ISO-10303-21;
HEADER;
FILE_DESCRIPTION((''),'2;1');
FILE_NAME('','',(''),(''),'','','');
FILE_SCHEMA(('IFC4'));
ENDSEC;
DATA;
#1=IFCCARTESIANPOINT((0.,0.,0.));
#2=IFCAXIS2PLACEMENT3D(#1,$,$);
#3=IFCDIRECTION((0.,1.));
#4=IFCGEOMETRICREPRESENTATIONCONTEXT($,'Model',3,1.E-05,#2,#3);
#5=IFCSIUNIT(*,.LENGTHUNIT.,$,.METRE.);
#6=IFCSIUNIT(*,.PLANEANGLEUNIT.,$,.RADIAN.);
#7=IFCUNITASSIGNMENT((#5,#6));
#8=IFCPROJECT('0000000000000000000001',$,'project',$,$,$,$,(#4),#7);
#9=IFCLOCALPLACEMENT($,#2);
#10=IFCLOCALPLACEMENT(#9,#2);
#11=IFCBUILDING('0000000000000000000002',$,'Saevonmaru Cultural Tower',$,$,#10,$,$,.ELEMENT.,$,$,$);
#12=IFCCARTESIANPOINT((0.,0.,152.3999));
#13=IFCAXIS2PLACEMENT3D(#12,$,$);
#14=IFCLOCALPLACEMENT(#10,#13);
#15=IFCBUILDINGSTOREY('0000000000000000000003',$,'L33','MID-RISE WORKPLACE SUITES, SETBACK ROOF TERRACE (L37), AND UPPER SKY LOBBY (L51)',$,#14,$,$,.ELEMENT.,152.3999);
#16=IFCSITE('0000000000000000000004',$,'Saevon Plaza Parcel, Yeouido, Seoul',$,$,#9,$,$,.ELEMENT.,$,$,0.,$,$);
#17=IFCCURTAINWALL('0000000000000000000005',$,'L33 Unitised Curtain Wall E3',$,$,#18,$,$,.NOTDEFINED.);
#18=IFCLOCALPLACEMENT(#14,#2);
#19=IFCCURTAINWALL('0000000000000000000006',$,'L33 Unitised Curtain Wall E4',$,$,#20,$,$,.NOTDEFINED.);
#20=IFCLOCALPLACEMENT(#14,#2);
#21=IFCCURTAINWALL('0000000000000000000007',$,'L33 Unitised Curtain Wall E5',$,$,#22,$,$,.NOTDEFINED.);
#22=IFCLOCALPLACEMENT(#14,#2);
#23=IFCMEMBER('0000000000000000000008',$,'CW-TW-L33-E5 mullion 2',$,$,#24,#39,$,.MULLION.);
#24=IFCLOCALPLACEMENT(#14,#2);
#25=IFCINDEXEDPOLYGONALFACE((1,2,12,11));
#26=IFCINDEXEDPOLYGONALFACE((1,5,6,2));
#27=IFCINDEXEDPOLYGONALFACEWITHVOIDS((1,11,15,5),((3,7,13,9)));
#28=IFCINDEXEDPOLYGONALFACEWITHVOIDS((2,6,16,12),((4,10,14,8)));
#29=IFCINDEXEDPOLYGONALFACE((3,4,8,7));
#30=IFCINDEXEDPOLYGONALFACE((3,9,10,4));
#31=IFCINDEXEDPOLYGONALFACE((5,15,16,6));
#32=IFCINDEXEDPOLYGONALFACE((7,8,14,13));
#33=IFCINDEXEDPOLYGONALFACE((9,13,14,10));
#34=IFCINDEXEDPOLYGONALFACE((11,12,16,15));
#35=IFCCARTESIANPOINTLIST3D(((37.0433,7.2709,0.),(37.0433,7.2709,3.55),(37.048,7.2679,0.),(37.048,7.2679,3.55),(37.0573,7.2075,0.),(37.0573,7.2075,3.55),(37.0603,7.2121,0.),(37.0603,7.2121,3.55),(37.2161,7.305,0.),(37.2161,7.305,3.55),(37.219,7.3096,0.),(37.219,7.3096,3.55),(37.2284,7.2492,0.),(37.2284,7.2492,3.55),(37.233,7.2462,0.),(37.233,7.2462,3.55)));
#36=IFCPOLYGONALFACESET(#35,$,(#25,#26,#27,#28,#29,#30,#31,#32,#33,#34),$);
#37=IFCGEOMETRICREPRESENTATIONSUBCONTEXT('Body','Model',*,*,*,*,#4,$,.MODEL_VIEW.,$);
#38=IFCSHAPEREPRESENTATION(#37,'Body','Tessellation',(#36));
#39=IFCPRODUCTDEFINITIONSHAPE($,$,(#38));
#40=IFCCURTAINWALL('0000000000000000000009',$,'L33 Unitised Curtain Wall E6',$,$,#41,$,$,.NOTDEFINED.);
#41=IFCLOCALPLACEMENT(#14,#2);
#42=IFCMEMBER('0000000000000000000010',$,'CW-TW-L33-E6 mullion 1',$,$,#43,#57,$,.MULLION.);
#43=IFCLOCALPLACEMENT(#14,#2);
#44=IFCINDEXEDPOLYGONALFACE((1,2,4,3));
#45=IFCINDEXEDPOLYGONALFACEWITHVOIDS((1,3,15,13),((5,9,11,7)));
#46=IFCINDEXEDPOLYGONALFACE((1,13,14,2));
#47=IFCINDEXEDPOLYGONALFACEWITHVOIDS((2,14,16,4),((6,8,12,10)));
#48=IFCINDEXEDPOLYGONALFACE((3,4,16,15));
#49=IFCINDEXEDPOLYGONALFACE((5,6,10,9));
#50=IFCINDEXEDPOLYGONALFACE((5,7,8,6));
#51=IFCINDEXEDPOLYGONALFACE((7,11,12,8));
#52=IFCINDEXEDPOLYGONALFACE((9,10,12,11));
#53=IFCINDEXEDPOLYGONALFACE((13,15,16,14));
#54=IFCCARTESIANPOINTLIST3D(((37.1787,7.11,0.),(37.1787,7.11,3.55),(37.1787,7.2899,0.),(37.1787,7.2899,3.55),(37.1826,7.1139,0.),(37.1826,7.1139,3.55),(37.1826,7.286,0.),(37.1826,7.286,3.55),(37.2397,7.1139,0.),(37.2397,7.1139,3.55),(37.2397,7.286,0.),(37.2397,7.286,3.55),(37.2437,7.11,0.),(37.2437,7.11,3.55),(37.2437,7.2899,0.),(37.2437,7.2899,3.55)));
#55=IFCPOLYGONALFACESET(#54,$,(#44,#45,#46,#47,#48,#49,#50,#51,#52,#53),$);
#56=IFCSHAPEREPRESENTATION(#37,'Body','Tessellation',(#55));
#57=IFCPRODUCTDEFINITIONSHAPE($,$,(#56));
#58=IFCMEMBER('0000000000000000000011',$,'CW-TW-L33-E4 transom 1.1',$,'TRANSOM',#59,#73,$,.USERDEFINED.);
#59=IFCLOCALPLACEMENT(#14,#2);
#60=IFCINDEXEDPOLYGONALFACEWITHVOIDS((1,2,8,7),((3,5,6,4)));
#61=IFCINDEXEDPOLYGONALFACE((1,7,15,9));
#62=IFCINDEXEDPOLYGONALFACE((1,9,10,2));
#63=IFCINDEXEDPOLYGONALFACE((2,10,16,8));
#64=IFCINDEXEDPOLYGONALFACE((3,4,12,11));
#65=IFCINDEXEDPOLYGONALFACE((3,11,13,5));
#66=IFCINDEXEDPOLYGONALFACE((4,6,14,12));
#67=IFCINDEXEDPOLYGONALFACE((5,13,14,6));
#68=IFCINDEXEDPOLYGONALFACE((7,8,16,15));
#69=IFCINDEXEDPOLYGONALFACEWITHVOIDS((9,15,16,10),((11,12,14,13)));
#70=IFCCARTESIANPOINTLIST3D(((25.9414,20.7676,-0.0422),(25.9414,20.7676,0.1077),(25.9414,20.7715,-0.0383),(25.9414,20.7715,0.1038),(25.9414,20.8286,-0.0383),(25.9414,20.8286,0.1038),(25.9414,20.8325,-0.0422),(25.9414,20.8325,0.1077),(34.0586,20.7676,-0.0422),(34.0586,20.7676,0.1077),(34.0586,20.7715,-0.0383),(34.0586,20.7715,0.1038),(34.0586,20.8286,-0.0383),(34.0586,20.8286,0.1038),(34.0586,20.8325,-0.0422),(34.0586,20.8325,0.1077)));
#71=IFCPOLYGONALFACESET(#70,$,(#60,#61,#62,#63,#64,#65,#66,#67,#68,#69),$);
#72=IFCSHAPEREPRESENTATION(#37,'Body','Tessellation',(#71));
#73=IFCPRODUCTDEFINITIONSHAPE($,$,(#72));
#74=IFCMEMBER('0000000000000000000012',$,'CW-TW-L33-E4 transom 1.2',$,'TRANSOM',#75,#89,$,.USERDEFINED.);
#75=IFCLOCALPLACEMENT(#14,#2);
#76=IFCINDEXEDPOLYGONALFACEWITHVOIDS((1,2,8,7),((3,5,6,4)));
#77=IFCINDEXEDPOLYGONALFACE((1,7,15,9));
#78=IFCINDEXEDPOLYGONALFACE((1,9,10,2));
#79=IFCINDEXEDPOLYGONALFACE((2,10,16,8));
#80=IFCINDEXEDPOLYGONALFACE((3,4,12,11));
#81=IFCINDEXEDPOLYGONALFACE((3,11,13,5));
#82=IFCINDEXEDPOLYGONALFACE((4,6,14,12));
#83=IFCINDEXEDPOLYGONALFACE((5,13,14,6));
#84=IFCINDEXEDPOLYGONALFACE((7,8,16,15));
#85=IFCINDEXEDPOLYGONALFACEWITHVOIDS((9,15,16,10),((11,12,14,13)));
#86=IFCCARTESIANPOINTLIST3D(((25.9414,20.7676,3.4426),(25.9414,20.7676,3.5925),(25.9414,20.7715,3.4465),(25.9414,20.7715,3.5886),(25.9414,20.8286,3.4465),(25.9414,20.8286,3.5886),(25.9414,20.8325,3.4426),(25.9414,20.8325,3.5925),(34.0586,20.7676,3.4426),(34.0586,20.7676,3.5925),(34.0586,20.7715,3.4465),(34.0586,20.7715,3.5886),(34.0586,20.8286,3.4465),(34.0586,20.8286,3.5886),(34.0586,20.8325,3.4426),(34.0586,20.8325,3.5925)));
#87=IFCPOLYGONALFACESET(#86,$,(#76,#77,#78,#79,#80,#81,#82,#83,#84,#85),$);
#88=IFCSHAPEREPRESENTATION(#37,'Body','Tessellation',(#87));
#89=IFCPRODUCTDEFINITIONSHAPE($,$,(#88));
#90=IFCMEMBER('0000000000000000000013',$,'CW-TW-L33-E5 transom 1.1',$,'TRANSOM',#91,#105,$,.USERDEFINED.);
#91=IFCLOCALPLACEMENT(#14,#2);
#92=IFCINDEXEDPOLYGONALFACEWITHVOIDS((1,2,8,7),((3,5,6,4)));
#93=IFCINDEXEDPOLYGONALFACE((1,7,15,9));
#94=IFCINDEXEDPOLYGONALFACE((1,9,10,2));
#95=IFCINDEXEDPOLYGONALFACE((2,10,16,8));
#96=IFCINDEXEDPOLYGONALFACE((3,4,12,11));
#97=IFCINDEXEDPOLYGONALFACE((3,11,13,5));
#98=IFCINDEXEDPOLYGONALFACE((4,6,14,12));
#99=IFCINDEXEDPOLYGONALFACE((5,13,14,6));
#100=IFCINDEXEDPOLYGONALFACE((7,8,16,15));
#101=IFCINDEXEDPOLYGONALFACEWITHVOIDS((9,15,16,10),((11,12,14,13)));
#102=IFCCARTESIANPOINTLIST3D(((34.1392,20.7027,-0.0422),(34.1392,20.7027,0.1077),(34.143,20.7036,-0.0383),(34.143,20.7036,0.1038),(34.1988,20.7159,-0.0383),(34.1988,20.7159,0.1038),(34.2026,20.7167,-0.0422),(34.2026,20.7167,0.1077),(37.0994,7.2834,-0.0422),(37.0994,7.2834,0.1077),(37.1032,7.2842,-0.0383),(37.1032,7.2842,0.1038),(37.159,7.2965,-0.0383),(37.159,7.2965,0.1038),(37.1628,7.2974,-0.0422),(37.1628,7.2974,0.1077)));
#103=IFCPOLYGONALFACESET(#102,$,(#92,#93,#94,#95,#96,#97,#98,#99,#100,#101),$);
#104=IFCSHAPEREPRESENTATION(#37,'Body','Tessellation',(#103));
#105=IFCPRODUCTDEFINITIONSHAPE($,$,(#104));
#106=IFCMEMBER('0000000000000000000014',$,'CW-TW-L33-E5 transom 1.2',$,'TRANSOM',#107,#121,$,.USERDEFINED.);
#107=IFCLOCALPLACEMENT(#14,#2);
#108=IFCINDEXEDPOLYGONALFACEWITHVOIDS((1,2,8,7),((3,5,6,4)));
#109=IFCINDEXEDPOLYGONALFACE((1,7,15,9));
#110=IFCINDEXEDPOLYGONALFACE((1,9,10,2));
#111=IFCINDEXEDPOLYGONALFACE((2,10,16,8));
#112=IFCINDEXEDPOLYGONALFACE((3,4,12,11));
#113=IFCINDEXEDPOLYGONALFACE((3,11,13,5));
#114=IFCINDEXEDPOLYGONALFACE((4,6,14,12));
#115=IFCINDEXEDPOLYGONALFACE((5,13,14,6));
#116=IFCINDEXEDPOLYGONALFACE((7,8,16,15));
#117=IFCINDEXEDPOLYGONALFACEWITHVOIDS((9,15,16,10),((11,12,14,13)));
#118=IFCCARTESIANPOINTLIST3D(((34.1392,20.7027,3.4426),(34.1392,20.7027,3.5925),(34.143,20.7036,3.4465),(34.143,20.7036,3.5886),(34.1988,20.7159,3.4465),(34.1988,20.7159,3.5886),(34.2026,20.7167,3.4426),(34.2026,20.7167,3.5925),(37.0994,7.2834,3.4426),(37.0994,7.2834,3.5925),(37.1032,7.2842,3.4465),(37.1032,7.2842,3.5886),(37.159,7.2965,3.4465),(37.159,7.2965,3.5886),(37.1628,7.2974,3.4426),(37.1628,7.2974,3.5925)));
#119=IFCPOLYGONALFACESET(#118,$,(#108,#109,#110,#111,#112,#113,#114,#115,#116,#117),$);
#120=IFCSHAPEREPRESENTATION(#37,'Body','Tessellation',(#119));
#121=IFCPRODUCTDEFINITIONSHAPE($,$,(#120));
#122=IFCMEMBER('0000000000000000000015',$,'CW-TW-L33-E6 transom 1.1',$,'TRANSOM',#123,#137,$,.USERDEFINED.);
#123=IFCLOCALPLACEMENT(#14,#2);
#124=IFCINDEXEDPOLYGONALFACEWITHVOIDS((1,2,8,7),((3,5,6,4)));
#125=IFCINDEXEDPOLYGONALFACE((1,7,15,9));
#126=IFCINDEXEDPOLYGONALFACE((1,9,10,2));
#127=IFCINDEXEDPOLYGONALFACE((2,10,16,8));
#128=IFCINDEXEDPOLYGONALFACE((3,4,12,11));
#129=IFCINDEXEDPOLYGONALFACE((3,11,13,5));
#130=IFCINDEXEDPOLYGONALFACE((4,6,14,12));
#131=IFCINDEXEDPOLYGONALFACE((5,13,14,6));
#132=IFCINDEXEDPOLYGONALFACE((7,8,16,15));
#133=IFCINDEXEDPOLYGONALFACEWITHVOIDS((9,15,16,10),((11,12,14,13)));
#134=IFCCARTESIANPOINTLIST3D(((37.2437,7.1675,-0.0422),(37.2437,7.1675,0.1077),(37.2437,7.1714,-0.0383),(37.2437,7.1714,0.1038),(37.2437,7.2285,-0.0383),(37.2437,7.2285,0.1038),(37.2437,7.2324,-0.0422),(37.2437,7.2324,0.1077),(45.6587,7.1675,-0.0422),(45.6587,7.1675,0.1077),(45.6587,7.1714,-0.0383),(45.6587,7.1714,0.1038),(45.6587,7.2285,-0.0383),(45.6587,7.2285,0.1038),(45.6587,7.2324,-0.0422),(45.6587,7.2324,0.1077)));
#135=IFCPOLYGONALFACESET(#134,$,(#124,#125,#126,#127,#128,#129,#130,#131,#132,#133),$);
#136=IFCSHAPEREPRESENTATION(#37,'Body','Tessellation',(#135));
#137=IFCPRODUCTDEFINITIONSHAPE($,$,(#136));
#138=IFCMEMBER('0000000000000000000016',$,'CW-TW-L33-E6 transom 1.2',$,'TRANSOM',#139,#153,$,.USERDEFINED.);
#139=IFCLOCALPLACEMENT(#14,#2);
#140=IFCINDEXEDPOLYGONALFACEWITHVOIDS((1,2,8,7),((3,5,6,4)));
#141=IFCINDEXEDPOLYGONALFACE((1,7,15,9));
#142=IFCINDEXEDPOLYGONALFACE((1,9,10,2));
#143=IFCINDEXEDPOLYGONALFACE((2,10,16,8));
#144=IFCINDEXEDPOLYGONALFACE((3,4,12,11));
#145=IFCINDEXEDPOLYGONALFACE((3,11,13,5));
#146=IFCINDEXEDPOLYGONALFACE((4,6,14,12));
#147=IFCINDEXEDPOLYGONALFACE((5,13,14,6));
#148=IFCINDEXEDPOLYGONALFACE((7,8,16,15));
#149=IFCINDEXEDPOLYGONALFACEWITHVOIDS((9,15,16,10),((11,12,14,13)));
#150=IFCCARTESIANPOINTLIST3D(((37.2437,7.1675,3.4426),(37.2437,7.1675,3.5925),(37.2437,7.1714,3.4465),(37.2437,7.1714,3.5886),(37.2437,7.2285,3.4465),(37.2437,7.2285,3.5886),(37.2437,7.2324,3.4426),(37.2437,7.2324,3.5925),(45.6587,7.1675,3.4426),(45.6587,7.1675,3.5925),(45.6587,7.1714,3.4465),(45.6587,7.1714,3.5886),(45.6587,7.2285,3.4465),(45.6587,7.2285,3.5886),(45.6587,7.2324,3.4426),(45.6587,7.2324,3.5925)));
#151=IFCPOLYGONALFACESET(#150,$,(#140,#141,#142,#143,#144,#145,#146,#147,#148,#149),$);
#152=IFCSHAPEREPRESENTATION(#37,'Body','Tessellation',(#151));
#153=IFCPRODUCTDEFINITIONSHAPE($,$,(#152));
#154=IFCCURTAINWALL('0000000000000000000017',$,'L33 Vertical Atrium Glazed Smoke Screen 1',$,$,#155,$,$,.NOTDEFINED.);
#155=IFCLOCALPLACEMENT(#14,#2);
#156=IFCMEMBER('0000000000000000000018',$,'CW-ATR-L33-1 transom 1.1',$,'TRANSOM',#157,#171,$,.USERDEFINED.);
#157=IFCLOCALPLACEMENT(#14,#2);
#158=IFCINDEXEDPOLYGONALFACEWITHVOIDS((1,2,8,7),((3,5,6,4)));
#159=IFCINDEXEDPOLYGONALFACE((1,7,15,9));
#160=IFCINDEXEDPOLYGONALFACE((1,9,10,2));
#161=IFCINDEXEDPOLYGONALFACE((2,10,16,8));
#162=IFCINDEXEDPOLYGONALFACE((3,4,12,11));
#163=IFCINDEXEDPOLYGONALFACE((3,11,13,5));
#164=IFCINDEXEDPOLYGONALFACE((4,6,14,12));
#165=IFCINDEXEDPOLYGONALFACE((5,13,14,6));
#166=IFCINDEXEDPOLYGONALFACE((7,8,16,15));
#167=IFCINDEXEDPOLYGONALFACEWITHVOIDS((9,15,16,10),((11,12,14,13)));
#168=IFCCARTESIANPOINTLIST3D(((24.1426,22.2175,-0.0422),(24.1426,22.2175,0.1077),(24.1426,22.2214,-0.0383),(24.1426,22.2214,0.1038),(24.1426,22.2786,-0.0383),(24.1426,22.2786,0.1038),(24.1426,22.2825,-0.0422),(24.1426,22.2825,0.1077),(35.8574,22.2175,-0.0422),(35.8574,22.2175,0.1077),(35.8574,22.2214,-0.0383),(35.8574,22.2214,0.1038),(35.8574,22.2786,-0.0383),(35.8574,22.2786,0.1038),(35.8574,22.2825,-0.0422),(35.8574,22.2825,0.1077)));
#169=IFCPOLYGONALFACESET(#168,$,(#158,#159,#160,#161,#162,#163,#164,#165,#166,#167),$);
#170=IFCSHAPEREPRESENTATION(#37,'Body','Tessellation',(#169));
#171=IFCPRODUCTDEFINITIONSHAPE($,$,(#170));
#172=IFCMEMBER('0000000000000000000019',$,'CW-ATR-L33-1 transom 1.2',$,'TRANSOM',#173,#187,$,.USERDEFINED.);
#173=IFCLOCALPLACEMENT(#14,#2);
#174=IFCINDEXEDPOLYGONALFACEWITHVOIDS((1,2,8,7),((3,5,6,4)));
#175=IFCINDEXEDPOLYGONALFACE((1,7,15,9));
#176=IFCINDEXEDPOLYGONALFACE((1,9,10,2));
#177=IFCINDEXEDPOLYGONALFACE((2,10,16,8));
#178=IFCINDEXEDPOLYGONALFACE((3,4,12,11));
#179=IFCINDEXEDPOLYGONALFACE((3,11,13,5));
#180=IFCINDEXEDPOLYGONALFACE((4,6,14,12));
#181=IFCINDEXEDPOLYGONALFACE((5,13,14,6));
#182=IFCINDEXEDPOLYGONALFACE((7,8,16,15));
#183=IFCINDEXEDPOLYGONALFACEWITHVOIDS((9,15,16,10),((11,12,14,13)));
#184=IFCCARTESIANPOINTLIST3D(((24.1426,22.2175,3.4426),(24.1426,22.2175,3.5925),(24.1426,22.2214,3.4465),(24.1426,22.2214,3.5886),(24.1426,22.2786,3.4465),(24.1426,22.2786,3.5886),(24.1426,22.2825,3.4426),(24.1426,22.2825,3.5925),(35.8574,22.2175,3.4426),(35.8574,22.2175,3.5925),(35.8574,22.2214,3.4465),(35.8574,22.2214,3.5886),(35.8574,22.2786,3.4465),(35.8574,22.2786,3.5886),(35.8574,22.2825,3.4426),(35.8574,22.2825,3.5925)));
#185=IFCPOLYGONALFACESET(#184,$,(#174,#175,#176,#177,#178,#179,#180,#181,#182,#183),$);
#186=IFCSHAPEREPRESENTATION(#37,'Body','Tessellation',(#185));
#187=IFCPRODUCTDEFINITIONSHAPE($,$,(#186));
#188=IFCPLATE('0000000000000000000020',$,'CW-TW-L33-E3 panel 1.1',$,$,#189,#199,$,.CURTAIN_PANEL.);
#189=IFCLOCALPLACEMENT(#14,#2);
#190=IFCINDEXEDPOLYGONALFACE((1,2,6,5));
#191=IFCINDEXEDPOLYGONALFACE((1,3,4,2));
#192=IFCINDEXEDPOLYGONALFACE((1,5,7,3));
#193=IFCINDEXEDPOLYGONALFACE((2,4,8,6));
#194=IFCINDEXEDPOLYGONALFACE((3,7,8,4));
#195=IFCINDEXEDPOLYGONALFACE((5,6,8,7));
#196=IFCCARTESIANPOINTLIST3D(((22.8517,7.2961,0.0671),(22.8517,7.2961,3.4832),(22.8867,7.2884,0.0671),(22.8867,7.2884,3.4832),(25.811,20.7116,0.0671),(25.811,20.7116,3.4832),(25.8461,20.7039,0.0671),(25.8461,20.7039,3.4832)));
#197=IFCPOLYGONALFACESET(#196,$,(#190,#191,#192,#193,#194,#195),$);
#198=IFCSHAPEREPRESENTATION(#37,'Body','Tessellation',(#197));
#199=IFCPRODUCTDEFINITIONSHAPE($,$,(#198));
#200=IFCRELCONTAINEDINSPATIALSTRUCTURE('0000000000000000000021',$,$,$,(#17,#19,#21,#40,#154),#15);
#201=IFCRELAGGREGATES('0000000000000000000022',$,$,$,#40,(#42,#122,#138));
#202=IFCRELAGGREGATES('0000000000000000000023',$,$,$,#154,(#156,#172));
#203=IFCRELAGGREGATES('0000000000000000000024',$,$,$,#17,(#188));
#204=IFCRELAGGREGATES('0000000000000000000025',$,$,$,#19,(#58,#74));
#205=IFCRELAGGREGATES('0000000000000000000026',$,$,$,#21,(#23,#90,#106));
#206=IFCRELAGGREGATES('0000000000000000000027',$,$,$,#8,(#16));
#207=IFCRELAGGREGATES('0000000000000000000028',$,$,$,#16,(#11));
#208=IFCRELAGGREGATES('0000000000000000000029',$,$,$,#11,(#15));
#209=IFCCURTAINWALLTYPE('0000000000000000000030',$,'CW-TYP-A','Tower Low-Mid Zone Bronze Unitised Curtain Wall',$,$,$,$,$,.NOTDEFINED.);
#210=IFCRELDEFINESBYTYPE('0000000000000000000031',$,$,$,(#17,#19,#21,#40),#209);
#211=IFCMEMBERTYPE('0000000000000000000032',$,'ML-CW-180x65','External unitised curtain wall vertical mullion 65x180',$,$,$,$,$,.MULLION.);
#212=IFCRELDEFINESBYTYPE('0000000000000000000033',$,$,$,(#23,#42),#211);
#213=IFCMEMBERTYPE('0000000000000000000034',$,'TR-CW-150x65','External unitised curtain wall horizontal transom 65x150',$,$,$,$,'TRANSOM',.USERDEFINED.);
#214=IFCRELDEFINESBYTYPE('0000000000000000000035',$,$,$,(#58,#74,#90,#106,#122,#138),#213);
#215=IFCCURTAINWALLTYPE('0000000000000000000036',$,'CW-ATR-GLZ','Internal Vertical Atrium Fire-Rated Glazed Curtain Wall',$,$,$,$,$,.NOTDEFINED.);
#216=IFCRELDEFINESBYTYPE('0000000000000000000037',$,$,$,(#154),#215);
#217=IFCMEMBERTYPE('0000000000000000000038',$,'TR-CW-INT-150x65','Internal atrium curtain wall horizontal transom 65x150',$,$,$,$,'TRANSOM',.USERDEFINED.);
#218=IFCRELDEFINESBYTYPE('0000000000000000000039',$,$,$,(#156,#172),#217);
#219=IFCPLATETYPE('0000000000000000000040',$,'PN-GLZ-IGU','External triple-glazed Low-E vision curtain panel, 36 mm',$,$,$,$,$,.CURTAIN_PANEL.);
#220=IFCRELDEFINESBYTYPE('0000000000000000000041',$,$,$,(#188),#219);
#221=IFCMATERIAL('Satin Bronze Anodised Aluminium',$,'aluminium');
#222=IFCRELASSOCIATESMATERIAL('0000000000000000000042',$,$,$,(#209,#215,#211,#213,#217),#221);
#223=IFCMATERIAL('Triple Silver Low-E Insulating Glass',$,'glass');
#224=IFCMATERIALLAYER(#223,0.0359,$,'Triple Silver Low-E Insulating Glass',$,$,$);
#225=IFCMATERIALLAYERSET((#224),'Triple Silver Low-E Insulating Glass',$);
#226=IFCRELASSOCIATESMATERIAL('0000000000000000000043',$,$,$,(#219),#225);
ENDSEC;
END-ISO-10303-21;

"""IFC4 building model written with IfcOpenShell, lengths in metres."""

from ifc_helpers import new_model, si_unit, direction, frame, origin, origin_2d, place, context, subcontext, project, spatial, rectangle, hollow_rectangle, extrude, material, layer, layer_set, material_profile, profile_set, type_object, element, aggregate, save


model = new_model("IFC4")

# Units and contexts
model_context = context("Model", 3, precision=1e-05, world=origin(), true_north=direction((0.0, 1.0)))
body_context = subcontext(model_context, "Body", "Model", "MODEL_VIEW")
ifc_project = project(units=[si_unit("LENGTHUNIT", "METRE"), si_unit("PLANEANGLEUNIT", "RADIAN")], contexts=[model_context])

# Site, building, storey
site_placement = place(None, origin())
site = spatial("IfcSite", under=ifc_project, at=site_placement, Name="Saevon Plaza Parcel, Yeouido, Seoul", CompositionType="ELEMENT", RefElevation=0.0)
building_placement = place(site_placement, origin())
building = spatial("IfcBuilding", under=site, at=building_placement, Name="Saevonmaru Cultural Tower", CompositionType="ELEMENT")
storey_placement = place(building_placement, frame((0.0, 0.0, 152.3999)))
storey = spatial("IfcBuildingStorey", under=building, at=storey_placement, Name="L33", Description="MID-RISE WORKPLACE SUITES, SETBACK ROOF TERRACE (L37), AND UPPER SKY LOBBY (L51)", CompositionType="ELEMENT", Elevation=152.3999)

# Curtain wall
ifc_material_1 = material(Name="Satin Bronze Anodised Aluminium", Category="aluminium")
curtain_wall_type_1 = type_object("IfcCurtainWallType", Name="CW-TYP-A", Description="Tower Low-Mid Zone Bronze Unitised Curtain Wall", PredefinedType="NOTDEFINED", material=ifc_material_1)
curtain_wall_1_placement = place(storey_placement, origin())
curtain_wall_1 = element("IfcCurtainWall", 1, at=curtain_wall_1_placement, inside=storey, type_object=curtain_wall_type_1, Name="L33 Unitised Curtain Wall E3", PredefinedType="NOTDEFINED")
ifc_material_profile_1 = material_profile(ifc_material_1, hollow_rectangle(XDim=0.0649, YDim=0.1799, WallThickness=0.0039, at=origin_2d()), Name="ALU-MULL-180x65x4")
ifc_profile_set_1 = profile_set([ifc_material_profile_1], Name="Satin Bronze Anodised Aluminium")
member_type_1 = type_object("IfcMemberType", Name="ML-CW-180x65", Description="External unitised curtain wall vertical mullion 65x180", PredefinedType="MULLION", material=ifc_profile_set_1)

# Curtain walls, member
curtain_wall_2_placement = place(storey_placement, origin())
curtain_wall_2 = element("IfcCurtainWall", 2, at=curtain_wall_2_placement, inside=storey, type_object=curtain_wall_type_1, Name="L33 Unitised Curtain Wall E4", PredefinedType="NOTDEFINED")
curtain_wall_3_placement = place(storey_placement, origin())
curtain_wall_3 = element("IfcCurtainWall", 3, at=curtain_wall_3_placement, inside=storey, type_object=curtain_wall_type_1, Name="L33 Unitised Curtain Wall E5", PredefinedType="NOTDEFINED")
member_1_placement = place(storey_placement, frame((37.1382, 7.2585, 0.0), z_axis=(0.0, 0.0, 1.0), x_axis=(0.215413, -0.976523, 0.0)))
member_1 = element("IfcMember", 4, at=member_1_placement, type_object=member_type_1, Name="CW-TW-L33-E5 mullion 2", PredefinedType="MULLION", context=body_context, shape_type="SweptSolid", body=[
    extrude(hollow_rectangle(XDim=0.0649, YDim=0.1799, WallThickness=0.0039, at=origin_2d()), origin(), (0.0, 0.0, 1.0), 3.55),
])

# Curtain wall, member
curtain_wall_4_placement = place(storey_placement, origin())
curtain_wall_4 = element("IfcCurtainWall", 5, at=curtain_wall_4_placement, inside=storey, type_object=curtain_wall_type_1, Name="L33 Unitised Curtain Wall E6", PredefinedType="NOTDEFINED")
member_2_placement = place(storey_placement, frame((37.2112, 7.2, 0.0), z_axis=(0.0, 0.0, 1.0), x_axis=(1.0, 0.0, 0.0)))
member_2 = element("IfcMember", 6, at=member_2_placement, type_object=member_type_1, Name="CW-TW-L33-E6 mullion 1", PredefinedType="MULLION", context=body_context, shape_type="SweptSolid", body=[
    extrude(hollow_rectangle(XDim=0.0649, YDim=0.1799, WallThickness=0.0039, at=origin_2d()), origin(), (0.0, 0.0, 1.0), 3.55),
])

# Members
ifc_material_profile_2 = material_profile(ifc_material_1, hollow_rectangle(XDim=0.0649, YDim=0.1499, WallThickness=0.0039, at=origin_2d()), Name="ALU-TRAN-150x65x4")
ifc_profile_set_2 = profile_set([ifc_material_profile_2], Name="Satin Bronze Anodised Aluminium")
member_type_2 = type_object("IfcMemberType", Name="TR-CW-150x65", Description="External unitised curtain wall horizontal transom 65x150", ElementType="TRANSOM", PredefinedType="USERDEFINED", material=ifc_profile_set_2)
member_3_placement = place(storey_placement, frame((25.9414, 20.8, 0.0327), z_axis=(1.0, 0.0, 0.0), x_axis=(0.0, 1.0, 0.0)))
member_3 = element("IfcMember", 7, at=member_3_placement, type_object=member_type_2, Name="CW-TW-L33-E4 transom 1.1", ObjectType="TRANSOM", PredefinedType="USERDEFINED", context=body_context, shape_type="SweptSolid", body=[
    extrude(hollow_rectangle(XDim=0.0649, YDim=0.1499, WallThickness=0.0039, at=origin_2d()), origin(), (0.0, 0.0, 1.0), 8.1172),
])
member_4_placement = place(storey_placement, frame((25.9414, 20.8, 3.5176), z_axis=(1.0, 0.0, 0.0), x_axis=(0.0, 1.0, 0.0)))
member_4 = element("IfcMember", 8, at=member_4_placement, type_object=member_type_2, Name="CW-TW-L33-E4 transom 1.2", ObjectType="TRANSOM", PredefinedType="USERDEFINED", context=body_context, shape_type="SweptSolid", body=[
    extrude(hollow_rectangle(XDim=0.0649, YDim=0.1499, WallThickness=0.0039, at=origin_2d()), origin(), (0.0, 0.0, 1.0), 8.1172),
])
member_5_placement = place(storey_placement, frame((34.1709, 20.7097, 0.0327), z_axis=(0.215412, -0.976523, 0.0), x_axis=(0.976523, 0.215412, 0.0)))
member_5 = element("IfcMember", 9, at=member_5_placement, type_object=member_type_2, Name="CW-TW-L33-E5 transom 1.1", ObjectType="TRANSOM", PredefinedType="USERDEFINED", context=body_context, shape_type="SweptSolid", body=[
    extrude(hollow_rectangle(XDim=0.0649, YDim=0.1499, WallThickness=0.0039, at=origin_2d()), origin(), (0.0, 0.0, 1.0), 13.7419),
])
member_6_placement = place(storey_placement, frame((34.1709, 20.7097, 3.5176), z_axis=(0.215412, -0.976523, 0.0), x_axis=(0.976523, 0.215412, 0.0)))
member_6 = element("IfcMember", 10, at=member_6_placement, type_object=member_type_2, Name="CW-TW-L33-E5 transom 1.2", ObjectType="TRANSOM", PredefinedType="USERDEFINED", context=body_context, shape_type="SweptSolid", body=[
    extrude(hollow_rectangle(XDim=0.0649, YDim=0.1499, WallThickness=0.0039, at=origin_2d()), origin(), (0.0, 0.0, 1.0), 13.7419),
])
member_7_placement = place(storey_placement, frame((37.2437, 7.2, 0.0327), z_axis=(1.0, 0.0, 0.0), x_axis=(0.0, 1.0, 0.0)))
member_7 = element("IfcMember", 11, at=member_7_placement, type_object=member_type_2, Name="CW-TW-L33-E6 transom 1.1", ObjectType="TRANSOM", PredefinedType="USERDEFINED", context=body_context, shape_type="SweptSolid", body=[
    extrude(hollow_rectangle(XDim=0.0649, YDim=0.1499, WallThickness=0.0039, at=origin_2d()), origin(), (0.0, 0.0, 1.0), 8.415),
])
member_8_placement = place(storey_placement, frame((37.2437, 7.2, 3.5176), z_axis=(1.0, 0.0, 0.0), x_axis=(0.0, 1.0, 0.0)))
member_8 = element("IfcMember", 12, at=member_8_placement, type_object=member_type_2, Name="CW-TW-L33-E6 transom 1.2", ObjectType="TRANSOM", PredefinedType="USERDEFINED", context=body_context, shape_type="SweptSolid", body=[
    extrude(hollow_rectangle(XDim=0.0649, YDim=0.1499, WallThickness=0.0039, at=origin_2d()), origin(), (0.0, 0.0, 1.0), 8.415),
])
aggregate(curtain_wall_4, [member_2, member_7, member_8])

# Curtain wall, members
curtain_wall_type_2 = type_object("IfcCurtainWallType", Name="CW-ATR-GLZ", Description="Internal Vertical Atrium Fire-Rated Glazed Curtain Wall", PredefinedType="NOTDEFINED", material=ifc_material_1)
curtain_wall_5_placement = place(storey_placement, origin())
curtain_wall_5 = element("IfcCurtainWall", 13, at=curtain_wall_5_placement, inside=storey, type_object=curtain_wall_type_2, Name="L33 Vertical Atrium Glazed Smoke Screen 1", PredefinedType="NOTDEFINED")
ifc_material_profile_3 = material_profile(ifc_material_1, hollow_rectangle(XDim=0.0649, YDim=0.1499, WallThickness=0.0039, at=origin_2d()), Name="ALU-TRAN-150x65x4")
ifc_profile_set_3 = profile_set([ifc_material_profile_3], Name="Satin Bronze Anodised Aluminium")
member_type_3 = type_object("IfcMemberType", Name="TR-CW-INT-150x65", Description="Internal atrium curtain wall horizontal transom 65x150", ElementType="TRANSOM", PredefinedType="USERDEFINED", material=ifc_profile_set_3)
member_9_placement = place(storey_placement, frame((24.1426, 22.25, 0.0327), z_axis=(1.0, 0.0, 0.0), x_axis=(0.0, 1.0, 0.0)))
member_9 = element("IfcMember", 14, at=member_9_placement, type_object=member_type_3, Name="CW-ATR-L33-1 transom 1.1", ObjectType="TRANSOM", PredefinedType="USERDEFINED", context=body_context, shape_type="SweptSolid", body=[
    extrude(hollow_rectangle(XDim=0.0649, YDim=0.1499, WallThickness=0.0039, at=origin_2d()), origin(), (0.0, 0.0, 1.0), 11.7148),
])
member_10_placement = place(storey_placement, frame((24.1426, 22.25, 3.5176), z_axis=(1.0, 0.0, 0.0), x_axis=(0.0, 1.0, 0.0)))
member_10 = element("IfcMember", 15, at=member_10_placement, type_object=member_type_3, Name="CW-ATR-L33-1 transom 1.2", ObjectType="TRANSOM", PredefinedType="USERDEFINED", context=body_context, shape_type="SweptSolid", body=[
    extrude(hollow_rectangle(XDim=0.0649, YDim=0.1499, WallThickness=0.0039, at=origin_2d()), origin(), (0.0, 0.0, 1.0), 11.7148),
])
aggregate(curtain_wall_5, [member_9, member_10])

# Plate
ifc_material_2 = material(Name="Triple Silver Low-E Insulating Glass", Category="glass")
ifc_layer = layer(ifc_material_2, 0.0359, Name="Triple Silver Low-E Insulating Glass")
ifc_layer_set = layer_set([ifc_layer], Name="Triple Silver Low-E Insulating Glass")
plate_type = type_object("IfcPlateType", Name="PN-GLZ-IGU", Description="External triple-glazed Low-E vision curtain panel, 36 mm", PredefinedType="CURTAIN_PANEL", material=ifc_layer_set)
plate_1_placement = place(storey_placement, frame((24.3489, 14.0, 0.0671), z_axis=(0.0, 0.0, 1.0), x_axis=(0.215413, 0.976523, 0.0)))
plate_1 = element("IfcPlate", 16, at=plate_1_placement, type_object=plate_type, Name="CW-TW-L33-E3 panel 1.1", PredefinedType="CURTAIN_PANEL", context=body_context, shape_type="SweptSolid", body=[
    extrude(rectangle(XDim=13.738, YDim=0.0359, at=origin_2d()), origin(), (0.0, 0.0, 1.0), 3.416),
])
aggregate(curtain_wall_1, [plate_1])
aggregate(curtain_wall_2, [member_3, member_4])
aggregate(curtain_wall_3, [member_1, member_5, member_6])

save(model, "model.ifc")
